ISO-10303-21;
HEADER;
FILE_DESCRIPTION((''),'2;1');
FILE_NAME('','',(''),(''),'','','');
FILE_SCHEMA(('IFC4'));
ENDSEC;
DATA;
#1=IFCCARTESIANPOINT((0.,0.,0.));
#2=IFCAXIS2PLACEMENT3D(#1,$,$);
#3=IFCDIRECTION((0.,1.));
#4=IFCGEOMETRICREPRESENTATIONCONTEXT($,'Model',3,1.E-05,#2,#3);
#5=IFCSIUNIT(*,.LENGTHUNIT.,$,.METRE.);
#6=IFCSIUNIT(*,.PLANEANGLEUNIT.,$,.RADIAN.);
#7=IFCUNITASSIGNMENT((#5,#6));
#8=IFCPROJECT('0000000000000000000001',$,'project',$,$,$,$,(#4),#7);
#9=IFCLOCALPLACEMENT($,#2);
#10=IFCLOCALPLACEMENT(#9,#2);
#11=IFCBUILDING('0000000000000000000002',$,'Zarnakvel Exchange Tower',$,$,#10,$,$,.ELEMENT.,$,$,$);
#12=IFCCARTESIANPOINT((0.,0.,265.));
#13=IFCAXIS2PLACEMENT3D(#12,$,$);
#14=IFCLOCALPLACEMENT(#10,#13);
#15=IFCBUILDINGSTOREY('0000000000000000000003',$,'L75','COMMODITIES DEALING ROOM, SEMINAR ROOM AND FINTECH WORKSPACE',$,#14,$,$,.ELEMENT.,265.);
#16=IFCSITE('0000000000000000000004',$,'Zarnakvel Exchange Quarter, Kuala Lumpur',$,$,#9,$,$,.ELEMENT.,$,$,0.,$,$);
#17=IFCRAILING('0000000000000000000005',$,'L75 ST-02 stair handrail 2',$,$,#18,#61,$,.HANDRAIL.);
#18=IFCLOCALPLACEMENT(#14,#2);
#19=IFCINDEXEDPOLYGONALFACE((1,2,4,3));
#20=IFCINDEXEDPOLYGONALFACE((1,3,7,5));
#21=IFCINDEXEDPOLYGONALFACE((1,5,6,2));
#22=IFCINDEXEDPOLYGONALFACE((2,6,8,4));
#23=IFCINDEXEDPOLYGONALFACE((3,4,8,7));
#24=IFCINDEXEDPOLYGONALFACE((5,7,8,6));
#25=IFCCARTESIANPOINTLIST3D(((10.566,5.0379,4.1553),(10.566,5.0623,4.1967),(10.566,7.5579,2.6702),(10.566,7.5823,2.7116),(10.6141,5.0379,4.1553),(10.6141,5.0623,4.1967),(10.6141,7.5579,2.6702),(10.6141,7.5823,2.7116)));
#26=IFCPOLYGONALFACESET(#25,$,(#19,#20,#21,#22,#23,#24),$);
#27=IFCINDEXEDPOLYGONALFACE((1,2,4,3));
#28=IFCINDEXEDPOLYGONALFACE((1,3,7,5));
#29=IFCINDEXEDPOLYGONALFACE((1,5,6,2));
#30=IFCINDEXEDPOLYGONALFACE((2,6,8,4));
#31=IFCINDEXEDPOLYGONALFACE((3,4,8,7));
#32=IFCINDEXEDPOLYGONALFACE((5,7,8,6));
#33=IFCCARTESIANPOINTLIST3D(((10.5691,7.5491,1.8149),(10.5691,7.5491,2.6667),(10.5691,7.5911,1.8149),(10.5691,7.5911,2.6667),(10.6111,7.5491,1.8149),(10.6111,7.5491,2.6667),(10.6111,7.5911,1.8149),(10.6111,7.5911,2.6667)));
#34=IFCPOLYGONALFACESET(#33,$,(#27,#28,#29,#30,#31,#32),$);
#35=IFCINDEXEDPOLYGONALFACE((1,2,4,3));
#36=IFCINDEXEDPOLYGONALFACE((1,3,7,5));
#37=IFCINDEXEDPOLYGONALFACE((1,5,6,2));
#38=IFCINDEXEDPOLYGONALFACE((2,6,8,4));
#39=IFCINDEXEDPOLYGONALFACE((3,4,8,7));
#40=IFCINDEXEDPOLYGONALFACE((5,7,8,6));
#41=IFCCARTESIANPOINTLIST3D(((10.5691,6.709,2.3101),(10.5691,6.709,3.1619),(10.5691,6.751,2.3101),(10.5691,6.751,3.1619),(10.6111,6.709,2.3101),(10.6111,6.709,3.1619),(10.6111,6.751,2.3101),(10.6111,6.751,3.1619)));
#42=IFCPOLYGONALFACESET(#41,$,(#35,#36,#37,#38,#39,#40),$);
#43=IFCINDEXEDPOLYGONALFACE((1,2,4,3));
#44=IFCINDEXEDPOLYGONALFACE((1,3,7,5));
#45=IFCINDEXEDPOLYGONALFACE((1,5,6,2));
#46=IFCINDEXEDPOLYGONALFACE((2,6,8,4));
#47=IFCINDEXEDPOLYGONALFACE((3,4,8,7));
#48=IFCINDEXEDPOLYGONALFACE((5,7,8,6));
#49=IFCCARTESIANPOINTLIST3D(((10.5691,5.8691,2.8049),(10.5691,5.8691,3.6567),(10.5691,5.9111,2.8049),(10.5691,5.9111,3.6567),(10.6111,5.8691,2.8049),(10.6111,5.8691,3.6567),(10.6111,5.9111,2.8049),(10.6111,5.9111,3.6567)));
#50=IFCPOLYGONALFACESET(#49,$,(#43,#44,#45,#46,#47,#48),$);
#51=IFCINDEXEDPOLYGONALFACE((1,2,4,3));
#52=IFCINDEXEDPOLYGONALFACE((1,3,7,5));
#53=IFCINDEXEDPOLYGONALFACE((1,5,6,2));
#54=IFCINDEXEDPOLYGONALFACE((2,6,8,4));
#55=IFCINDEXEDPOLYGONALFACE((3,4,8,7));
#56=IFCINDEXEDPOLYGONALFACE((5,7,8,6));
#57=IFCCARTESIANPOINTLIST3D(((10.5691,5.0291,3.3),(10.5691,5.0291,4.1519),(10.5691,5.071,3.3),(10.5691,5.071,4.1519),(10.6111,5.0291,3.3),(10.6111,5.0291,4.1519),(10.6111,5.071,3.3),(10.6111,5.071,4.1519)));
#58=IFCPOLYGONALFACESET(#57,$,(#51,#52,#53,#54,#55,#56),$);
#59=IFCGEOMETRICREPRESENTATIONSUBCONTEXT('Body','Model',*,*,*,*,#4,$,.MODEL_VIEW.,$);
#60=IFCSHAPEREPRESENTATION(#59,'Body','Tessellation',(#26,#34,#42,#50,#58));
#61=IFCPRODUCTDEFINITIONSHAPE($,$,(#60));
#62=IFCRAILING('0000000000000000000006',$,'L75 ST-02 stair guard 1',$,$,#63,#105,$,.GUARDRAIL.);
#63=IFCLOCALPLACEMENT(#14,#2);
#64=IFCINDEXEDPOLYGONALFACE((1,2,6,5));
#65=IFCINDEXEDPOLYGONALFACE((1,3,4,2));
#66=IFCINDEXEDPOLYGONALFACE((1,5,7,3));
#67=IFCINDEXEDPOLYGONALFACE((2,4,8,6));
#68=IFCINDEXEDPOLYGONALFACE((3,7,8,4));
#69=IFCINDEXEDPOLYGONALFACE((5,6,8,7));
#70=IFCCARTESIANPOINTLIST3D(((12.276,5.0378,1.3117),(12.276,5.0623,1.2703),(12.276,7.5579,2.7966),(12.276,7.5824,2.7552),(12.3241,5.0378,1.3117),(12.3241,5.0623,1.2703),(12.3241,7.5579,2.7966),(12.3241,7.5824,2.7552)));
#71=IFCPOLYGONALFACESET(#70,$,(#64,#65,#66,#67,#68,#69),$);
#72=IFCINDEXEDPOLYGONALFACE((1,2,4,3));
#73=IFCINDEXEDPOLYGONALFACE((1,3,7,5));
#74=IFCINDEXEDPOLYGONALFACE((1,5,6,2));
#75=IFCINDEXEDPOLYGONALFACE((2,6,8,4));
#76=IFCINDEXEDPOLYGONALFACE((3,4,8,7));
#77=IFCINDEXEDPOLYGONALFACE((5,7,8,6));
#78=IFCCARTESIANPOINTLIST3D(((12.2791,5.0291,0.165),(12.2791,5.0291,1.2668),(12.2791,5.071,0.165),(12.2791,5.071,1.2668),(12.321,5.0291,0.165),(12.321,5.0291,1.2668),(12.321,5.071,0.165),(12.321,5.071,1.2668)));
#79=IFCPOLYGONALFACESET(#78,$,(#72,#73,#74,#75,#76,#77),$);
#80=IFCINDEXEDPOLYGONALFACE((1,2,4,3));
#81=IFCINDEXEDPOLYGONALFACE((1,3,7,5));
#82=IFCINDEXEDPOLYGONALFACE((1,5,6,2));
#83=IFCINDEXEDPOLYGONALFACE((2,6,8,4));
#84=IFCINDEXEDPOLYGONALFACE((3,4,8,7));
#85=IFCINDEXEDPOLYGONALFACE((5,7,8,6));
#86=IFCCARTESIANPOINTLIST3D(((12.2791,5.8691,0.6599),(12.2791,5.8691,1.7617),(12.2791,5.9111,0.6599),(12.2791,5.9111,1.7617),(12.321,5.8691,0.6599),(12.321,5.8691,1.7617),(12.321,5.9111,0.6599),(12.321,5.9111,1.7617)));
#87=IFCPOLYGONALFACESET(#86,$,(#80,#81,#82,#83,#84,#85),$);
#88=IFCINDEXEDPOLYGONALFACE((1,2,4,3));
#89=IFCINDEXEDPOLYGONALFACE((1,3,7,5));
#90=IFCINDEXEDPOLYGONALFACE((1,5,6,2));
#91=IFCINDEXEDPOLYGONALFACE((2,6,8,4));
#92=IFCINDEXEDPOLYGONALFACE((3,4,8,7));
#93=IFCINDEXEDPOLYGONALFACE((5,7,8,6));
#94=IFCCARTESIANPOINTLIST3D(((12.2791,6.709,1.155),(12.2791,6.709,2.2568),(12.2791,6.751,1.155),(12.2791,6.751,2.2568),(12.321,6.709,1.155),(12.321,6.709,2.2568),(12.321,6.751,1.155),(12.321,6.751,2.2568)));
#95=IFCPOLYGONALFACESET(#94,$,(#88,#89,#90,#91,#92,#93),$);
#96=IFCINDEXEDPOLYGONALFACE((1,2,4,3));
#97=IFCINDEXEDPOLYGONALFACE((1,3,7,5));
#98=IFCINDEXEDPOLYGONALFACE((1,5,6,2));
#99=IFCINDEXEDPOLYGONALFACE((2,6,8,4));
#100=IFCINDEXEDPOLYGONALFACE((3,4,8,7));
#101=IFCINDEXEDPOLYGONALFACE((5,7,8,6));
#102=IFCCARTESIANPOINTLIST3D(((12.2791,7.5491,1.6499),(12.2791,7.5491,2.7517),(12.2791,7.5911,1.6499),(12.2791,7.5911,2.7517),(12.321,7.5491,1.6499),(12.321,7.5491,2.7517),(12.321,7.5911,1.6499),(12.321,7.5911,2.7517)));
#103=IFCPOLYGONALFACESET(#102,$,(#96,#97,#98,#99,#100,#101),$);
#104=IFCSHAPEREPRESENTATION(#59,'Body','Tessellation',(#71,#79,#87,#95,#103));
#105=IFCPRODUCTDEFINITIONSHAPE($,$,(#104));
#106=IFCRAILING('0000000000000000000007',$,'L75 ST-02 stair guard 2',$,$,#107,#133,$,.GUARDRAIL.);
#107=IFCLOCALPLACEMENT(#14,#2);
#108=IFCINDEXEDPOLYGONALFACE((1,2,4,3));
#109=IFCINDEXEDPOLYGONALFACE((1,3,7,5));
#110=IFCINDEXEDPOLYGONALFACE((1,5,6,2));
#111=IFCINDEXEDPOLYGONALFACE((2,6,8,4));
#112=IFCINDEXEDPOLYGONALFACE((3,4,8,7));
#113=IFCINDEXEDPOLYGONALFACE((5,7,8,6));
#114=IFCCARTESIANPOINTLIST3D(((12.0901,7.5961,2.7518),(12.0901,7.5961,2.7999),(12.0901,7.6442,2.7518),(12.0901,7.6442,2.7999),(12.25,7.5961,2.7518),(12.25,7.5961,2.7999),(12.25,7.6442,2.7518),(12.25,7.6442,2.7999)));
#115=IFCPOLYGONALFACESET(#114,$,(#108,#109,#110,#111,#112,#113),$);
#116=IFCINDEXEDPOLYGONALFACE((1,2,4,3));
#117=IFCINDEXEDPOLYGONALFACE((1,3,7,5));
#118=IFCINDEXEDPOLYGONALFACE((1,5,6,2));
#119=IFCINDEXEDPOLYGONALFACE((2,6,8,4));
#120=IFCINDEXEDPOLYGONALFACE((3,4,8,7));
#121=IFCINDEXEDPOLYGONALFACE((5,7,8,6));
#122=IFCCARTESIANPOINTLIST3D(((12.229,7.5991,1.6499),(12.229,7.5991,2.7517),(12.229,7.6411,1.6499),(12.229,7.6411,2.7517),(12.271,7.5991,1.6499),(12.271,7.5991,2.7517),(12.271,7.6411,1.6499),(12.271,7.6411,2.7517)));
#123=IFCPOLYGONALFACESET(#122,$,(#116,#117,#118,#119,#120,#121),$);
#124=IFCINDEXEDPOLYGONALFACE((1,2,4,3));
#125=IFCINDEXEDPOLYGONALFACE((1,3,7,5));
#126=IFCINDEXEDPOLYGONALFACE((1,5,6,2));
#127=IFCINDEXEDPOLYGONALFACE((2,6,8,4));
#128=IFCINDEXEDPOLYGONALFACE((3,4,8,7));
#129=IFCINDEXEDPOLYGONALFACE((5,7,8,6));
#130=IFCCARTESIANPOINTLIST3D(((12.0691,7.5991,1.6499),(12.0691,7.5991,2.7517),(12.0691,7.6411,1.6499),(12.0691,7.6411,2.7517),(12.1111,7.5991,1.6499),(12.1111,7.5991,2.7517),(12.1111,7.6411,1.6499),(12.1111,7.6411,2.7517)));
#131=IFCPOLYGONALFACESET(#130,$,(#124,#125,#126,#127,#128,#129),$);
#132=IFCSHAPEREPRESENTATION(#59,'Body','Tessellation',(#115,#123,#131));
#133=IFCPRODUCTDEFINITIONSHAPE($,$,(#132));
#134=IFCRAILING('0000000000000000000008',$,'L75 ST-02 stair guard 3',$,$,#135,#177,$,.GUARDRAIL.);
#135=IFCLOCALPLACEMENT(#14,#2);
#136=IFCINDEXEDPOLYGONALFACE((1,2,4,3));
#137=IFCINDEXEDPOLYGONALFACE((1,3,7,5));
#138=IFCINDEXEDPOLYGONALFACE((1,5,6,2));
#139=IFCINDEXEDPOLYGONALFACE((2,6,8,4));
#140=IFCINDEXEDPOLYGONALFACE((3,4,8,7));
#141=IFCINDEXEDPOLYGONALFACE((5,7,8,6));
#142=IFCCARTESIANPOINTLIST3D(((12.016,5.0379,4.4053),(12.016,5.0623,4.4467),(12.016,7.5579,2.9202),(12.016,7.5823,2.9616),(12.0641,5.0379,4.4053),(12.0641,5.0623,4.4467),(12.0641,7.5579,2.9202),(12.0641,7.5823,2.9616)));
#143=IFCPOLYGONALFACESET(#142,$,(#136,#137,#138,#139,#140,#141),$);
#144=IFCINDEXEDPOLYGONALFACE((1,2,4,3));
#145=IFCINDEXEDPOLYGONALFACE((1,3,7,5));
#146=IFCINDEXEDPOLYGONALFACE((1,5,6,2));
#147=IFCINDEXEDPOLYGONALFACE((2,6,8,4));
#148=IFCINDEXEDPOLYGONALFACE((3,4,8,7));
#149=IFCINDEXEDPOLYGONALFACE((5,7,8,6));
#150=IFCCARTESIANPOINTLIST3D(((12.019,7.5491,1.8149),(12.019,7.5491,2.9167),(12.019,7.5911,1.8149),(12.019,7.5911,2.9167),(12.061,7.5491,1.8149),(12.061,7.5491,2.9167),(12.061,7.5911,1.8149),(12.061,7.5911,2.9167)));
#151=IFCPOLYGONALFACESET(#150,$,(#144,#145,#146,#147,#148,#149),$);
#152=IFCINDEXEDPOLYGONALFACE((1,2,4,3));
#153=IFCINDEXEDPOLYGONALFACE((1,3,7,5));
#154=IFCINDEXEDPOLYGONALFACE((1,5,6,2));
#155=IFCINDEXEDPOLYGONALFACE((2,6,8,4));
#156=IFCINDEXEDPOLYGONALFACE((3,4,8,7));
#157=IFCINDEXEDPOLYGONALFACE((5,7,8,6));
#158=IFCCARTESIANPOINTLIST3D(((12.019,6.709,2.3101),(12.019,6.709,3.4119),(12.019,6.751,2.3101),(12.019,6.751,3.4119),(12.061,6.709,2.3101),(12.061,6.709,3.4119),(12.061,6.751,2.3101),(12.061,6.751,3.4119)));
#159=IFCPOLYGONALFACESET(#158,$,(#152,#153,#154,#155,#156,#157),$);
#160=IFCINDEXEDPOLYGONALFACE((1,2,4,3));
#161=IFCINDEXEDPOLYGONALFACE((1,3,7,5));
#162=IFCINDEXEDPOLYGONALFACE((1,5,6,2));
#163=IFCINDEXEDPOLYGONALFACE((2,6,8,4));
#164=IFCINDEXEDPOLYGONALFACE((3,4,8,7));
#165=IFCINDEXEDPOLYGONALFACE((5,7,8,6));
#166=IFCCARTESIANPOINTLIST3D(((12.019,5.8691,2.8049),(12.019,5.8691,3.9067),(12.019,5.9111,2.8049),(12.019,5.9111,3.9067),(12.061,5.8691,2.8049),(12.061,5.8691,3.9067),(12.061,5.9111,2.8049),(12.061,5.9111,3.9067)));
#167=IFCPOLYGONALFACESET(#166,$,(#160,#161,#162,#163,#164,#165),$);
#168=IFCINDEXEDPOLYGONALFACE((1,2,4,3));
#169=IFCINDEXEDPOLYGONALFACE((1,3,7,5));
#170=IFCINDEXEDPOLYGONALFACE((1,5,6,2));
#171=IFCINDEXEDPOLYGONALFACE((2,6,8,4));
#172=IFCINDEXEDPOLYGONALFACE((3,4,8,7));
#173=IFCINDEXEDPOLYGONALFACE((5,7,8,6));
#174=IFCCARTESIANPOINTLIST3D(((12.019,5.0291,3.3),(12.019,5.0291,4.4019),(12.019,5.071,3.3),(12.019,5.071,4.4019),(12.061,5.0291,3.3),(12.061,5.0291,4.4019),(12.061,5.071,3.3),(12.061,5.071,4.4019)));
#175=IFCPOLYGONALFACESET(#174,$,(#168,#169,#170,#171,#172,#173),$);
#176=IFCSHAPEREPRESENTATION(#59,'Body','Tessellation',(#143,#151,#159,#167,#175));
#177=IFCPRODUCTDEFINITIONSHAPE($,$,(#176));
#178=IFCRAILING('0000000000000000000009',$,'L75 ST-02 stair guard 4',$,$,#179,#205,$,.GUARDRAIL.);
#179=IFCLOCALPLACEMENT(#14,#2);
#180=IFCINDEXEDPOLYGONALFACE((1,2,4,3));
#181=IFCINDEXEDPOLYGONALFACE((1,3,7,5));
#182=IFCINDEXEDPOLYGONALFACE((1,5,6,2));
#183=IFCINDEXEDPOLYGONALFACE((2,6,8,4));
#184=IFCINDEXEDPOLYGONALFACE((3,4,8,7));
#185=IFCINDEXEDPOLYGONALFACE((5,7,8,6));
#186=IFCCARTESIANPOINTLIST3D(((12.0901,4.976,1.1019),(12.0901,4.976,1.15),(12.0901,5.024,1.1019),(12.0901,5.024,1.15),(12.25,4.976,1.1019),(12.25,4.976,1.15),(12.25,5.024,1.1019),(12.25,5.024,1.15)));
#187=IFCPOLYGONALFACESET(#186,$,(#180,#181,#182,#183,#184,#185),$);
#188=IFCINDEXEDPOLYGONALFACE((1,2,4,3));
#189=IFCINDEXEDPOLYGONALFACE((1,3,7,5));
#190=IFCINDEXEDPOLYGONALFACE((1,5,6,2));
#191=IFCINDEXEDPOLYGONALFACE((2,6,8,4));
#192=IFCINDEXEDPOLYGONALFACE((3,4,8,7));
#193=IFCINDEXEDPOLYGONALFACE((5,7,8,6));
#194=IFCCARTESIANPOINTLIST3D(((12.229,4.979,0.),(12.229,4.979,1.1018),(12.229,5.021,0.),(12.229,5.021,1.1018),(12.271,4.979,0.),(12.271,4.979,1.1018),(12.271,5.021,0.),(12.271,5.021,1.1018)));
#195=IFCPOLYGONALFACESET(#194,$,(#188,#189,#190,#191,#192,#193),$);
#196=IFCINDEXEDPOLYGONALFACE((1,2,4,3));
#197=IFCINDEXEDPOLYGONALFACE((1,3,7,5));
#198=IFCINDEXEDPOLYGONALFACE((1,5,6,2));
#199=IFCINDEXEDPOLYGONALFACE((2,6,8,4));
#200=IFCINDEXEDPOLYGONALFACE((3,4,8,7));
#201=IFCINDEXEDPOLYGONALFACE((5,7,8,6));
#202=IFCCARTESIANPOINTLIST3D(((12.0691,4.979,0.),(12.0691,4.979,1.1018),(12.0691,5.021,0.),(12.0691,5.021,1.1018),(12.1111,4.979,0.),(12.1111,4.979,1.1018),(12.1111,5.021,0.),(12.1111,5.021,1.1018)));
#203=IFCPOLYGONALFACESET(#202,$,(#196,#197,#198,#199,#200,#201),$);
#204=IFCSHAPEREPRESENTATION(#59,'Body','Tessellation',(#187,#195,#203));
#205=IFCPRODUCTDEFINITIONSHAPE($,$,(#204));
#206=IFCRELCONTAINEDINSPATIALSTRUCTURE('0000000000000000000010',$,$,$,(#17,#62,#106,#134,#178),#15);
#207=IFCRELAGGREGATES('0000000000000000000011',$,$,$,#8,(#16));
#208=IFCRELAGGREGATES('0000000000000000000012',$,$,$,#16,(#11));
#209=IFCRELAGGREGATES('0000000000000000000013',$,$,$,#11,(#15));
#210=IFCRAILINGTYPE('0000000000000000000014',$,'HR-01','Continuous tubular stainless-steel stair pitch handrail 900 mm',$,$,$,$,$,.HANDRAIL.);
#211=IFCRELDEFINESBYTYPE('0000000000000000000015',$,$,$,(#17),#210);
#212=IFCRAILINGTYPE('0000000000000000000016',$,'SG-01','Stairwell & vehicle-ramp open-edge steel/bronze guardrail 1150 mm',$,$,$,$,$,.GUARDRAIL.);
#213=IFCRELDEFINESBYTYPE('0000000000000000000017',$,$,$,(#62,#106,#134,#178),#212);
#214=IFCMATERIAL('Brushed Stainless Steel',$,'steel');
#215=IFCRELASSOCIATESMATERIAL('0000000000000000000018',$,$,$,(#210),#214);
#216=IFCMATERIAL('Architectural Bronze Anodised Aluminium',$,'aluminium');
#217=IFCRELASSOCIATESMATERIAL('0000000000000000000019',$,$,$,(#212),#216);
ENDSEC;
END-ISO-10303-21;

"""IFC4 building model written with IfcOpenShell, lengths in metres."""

from ifc_helpers import new_model, si_unit, direction, frame, origin, origin_2d, place, context, subcontext, project, spatial, rectangle, extrude, material, type_object, element, save


model = new_model("IFC4")

# Units and contexts
model_context = context("Model", 3, precision=1e-05, world=origin(), true_north=direction((0.0, 1.0)))
body_context = subcontext(model_context, "Body", "Model", "MODEL_VIEW")
ifc_project = project(units=[si_unit("LENGTHUNIT", "METRE"), si_unit("PLANEANGLEUNIT", "RADIAN")], contexts=[model_context])

# Site, building, storey
site_placement = place(None, origin())
site = spatial("IfcSite", under=ifc_project, at=site_placement, Name="Zarnakvel Exchange Quarter, Kuala Lumpur", CompositionType="ELEMENT", RefElevation=0.0)
building_placement = place(site_placement, origin())
building = spatial("IfcBuilding", under=site, at=building_placement, Name="Zarnakvel Exchange Tower", CompositionType="ELEMENT")
storey_placement = place(building_placement, frame((0.0, 0.0, 265.0)))
storey = spatial("IfcBuildingStorey", under=building, at=storey_placement, Name="L75", Description="COMMODITIES DEALING ROOM, SEMINAR ROOM AND FINTECH WORKSPACE", CompositionType="ELEMENT", Elevation=265.0)

# Shared definitions
ifc_material_1 = material(Name="Architectural Bronze Anodised Aluminium", Category="aluminium")

# Shared definitions
ifc_material_2 = material(Name="Brushed Stainless Steel", Category="steel")

# Railings
railing_type_1 = type_object("IfcRailingType", Name="HR-01", Description="Continuous tubular stainless-steel stair pitch handrail 900 mm", PredefinedType="HANDRAIL", material=ifc_material_2)
railing_1_placement = place(storey_placement, frame((10.5901, 7.5701, 1.8149)))
element("IfcRailing", 1, at=railing_1_placement, inside=storey, type_object=railing_type_1, Name="L75 ST-02 stair handrail 2", PredefinedType="HANDRAIL", context=body_context, shape_type="SweptSolid", body=[
    extrude(rectangle(XDim=0.0481, YDim=0.0481, at=origin_2d()), frame((0.0, 0.0, 0.876), z_axis=(0.0, -0.861524, 0.507717), x_axis=(1.0, 0.0, 0.0)), (0.0, 0.0, 1.0), 2.925),
    extrude(rectangle(XDim=0.042, YDim=0.042, at=origin_2d()), origin(), (0.0, 0.0, 1.0), 0.8518),
    extrude(rectangle(XDim=0.042, YDim=0.042, at=origin_2d()), frame((0.0, -0.8401, 0.4951)), (0.0, 0.0, 1.0), 0.8518),
    extrude(rectangle(XDim=0.042, YDim=0.042, at=origin_2d()), frame((0.0, -1.6799, 0.99)), (0.0, 0.0, 1.0), 0.8518),
    extrude(rectangle(XDim=0.042, YDim=0.042, at=origin_2d()), frame((0.0, -2.52, 1.4851)), (0.0, 0.0, 1.0), 0.8518),
])
railing_type_2 = type_object("IfcRailingType", Name="SG-01", Description="Stairwell & vehicle-ramp open-edge steel/bronze guardrail 1150 mm", PredefinedType="GUARDRAIL", material=ifc_material_1)
railing_2_placement = place(storey_placement, frame((12.3, 5.05, 0.165)))
element("IfcRailing", 2, at=railing_2_placement, inside=storey, type_object=railing_type_2, Name="L75 ST-02 stair guard 1", PredefinedType="GUARDRAIL", context=body_context, shape_type="SweptSolid", body=[
    extrude(rectangle(XDim=0.0481, YDim=0.0481, at=origin_2d()), frame((0.0, 0.0, 1.126), z_axis=(0.0, 0.861561, 0.507655), x_axis=(-1.0, 0.0, 0.0)), (0.0, 0.0, 1.0), 2.925),
    extrude(rectangle(XDim=0.042, YDim=0.042, at=origin_2d()), origin(), (0.0, 0.0, 1.0), 1.1018),
    extrude(rectangle(XDim=0.042, YDim=0.042, at=origin_2d()), frame((0.0, 0.8401, 0.4949)), (0.0, 0.0, 1.0), 1.1018),
    extrude(rectangle(XDim=0.042, YDim=0.042, at=origin_2d()), frame((0.0, 1.6799, 0.99)), (0.0, 0.0, 1.0), 1.1018),
    extrude(rectangle(XDim=0.042, YDim=0.042, at=origin_2d()), frame((0.0, 2.52, 1.4849)), (0.0, 0.0, 1.0), 1.1018),
])
railing_3_placement = place(storey_placement, frame((12.25, 7.6201, 1.6499)))
element("IfcRailing", 3, at=railing_3_placement, inside=storey, type_object=railing_type_2, Name="L75 ST-02 stair guard 2", PredefinedType="GUARDRAIL", context=body_context, shape_type="SweptSolid", body=[
    extrude(rectangle(XDim=0.0481, YDim=0.0481, at=origin_2d()), frame((0.0, 0.0, 1.126), z_axis=(-1.0, 0.0, 0.0), x_axis=(0.0, -1.0, 0.0)), (0.0, 0.0, 1.0), 0.1599),
    extrude(rectangle(XDim=0.042, YDim=0.042, at=origin_2d()), origin(), (0.0, 0.0, 1.0), 1.1018),
    extrude(rectangle(XDim=0.042, YDim=0.042, at=origin_2d()), frame((-0.1599, 0.0, 0.0)), (0.0, 0.0, 1.0), 1.1018),
])
railing_4_placement = place(storey_placement, frame((12.04, 7.5701, 1.8149)))
element("IfcRailing", 4, at=railing_4_placement, inside=storey, type_object=railing_type_2, Name="L75 ST-02 stair guard 3", PredefinedType="GUARDRAIL", context=body_context, shape_type="SweptSolid", body=[
    extrude(rectangle(XDim=0.0481, YDim=0.0481, at=origin_2d()), frame((0.0, 0.0, 1.126), z_axis=(0.0, -0.861524, 0.507717), x_axis=(1.0, 0.0, 0.0)), (0.0, 0.0, 1.0), 2.925),
    extrude(rectangle(XDim=0.042, YDim=0.042, at=origin_2d()), origin(), (0.0, 0.0, 1.0), 1.1018),
    extrude(rectangle(XDim=0.042, YDim=0.042, at=origin_2d()), frame((0.0, -0.8401, 0.4951)), (0.0, 0.0, 1.0), 1.1018),
    extrude(rectangle(XDim=0.042, YDim=0.042, at=origin_2d()), frame((0.0, -1.6799, 0.99)), (0.0, 0.0, 1.0), 1.1018),
    extrude(rectangle(XDim=0.042, YDim=0.042, at=origin_2d()), frame((0.0, -2.52, 1.4851)), (0.0, 0.0, 1.0), 1.1018),
])
railing_5_placement = place(storey_placement, frame((12.25, 5.0, 0.0)))
element("IfcRailing", 5, at=railing_5_placement, inside=storey, type_object=railing_type_2, Name="L75 ST-02 stair guard 4", PredefinedType="GUARDRAIL", context=body_context, shape_type="SweptSolid", body=[
    extrude(rectangle(XDim=0.0481, YDim=0.0481, at=origin_2d()), frame((0.0, 0.0, 1.126), z_axis=(-1.0, 0.0, 0.0), x_axis=(0.0, -1.0, 0.0)), (0.0, 0.0, 1.0), 0.1599),
    extrude(rectangle(XDim=0.042, YDim=0.042, at=origin_2d()), origin(), (0.0, 0.0, 1.0), 1.1018),
    extrude(rectangle(XDim=0.042, YDim=0.042, at=origin_2d()), frame((-0.1599, 0.0, 0.0)), (0.0, 0.0, 1.0), 1.1018),
])

save(model, "model.ifc")
